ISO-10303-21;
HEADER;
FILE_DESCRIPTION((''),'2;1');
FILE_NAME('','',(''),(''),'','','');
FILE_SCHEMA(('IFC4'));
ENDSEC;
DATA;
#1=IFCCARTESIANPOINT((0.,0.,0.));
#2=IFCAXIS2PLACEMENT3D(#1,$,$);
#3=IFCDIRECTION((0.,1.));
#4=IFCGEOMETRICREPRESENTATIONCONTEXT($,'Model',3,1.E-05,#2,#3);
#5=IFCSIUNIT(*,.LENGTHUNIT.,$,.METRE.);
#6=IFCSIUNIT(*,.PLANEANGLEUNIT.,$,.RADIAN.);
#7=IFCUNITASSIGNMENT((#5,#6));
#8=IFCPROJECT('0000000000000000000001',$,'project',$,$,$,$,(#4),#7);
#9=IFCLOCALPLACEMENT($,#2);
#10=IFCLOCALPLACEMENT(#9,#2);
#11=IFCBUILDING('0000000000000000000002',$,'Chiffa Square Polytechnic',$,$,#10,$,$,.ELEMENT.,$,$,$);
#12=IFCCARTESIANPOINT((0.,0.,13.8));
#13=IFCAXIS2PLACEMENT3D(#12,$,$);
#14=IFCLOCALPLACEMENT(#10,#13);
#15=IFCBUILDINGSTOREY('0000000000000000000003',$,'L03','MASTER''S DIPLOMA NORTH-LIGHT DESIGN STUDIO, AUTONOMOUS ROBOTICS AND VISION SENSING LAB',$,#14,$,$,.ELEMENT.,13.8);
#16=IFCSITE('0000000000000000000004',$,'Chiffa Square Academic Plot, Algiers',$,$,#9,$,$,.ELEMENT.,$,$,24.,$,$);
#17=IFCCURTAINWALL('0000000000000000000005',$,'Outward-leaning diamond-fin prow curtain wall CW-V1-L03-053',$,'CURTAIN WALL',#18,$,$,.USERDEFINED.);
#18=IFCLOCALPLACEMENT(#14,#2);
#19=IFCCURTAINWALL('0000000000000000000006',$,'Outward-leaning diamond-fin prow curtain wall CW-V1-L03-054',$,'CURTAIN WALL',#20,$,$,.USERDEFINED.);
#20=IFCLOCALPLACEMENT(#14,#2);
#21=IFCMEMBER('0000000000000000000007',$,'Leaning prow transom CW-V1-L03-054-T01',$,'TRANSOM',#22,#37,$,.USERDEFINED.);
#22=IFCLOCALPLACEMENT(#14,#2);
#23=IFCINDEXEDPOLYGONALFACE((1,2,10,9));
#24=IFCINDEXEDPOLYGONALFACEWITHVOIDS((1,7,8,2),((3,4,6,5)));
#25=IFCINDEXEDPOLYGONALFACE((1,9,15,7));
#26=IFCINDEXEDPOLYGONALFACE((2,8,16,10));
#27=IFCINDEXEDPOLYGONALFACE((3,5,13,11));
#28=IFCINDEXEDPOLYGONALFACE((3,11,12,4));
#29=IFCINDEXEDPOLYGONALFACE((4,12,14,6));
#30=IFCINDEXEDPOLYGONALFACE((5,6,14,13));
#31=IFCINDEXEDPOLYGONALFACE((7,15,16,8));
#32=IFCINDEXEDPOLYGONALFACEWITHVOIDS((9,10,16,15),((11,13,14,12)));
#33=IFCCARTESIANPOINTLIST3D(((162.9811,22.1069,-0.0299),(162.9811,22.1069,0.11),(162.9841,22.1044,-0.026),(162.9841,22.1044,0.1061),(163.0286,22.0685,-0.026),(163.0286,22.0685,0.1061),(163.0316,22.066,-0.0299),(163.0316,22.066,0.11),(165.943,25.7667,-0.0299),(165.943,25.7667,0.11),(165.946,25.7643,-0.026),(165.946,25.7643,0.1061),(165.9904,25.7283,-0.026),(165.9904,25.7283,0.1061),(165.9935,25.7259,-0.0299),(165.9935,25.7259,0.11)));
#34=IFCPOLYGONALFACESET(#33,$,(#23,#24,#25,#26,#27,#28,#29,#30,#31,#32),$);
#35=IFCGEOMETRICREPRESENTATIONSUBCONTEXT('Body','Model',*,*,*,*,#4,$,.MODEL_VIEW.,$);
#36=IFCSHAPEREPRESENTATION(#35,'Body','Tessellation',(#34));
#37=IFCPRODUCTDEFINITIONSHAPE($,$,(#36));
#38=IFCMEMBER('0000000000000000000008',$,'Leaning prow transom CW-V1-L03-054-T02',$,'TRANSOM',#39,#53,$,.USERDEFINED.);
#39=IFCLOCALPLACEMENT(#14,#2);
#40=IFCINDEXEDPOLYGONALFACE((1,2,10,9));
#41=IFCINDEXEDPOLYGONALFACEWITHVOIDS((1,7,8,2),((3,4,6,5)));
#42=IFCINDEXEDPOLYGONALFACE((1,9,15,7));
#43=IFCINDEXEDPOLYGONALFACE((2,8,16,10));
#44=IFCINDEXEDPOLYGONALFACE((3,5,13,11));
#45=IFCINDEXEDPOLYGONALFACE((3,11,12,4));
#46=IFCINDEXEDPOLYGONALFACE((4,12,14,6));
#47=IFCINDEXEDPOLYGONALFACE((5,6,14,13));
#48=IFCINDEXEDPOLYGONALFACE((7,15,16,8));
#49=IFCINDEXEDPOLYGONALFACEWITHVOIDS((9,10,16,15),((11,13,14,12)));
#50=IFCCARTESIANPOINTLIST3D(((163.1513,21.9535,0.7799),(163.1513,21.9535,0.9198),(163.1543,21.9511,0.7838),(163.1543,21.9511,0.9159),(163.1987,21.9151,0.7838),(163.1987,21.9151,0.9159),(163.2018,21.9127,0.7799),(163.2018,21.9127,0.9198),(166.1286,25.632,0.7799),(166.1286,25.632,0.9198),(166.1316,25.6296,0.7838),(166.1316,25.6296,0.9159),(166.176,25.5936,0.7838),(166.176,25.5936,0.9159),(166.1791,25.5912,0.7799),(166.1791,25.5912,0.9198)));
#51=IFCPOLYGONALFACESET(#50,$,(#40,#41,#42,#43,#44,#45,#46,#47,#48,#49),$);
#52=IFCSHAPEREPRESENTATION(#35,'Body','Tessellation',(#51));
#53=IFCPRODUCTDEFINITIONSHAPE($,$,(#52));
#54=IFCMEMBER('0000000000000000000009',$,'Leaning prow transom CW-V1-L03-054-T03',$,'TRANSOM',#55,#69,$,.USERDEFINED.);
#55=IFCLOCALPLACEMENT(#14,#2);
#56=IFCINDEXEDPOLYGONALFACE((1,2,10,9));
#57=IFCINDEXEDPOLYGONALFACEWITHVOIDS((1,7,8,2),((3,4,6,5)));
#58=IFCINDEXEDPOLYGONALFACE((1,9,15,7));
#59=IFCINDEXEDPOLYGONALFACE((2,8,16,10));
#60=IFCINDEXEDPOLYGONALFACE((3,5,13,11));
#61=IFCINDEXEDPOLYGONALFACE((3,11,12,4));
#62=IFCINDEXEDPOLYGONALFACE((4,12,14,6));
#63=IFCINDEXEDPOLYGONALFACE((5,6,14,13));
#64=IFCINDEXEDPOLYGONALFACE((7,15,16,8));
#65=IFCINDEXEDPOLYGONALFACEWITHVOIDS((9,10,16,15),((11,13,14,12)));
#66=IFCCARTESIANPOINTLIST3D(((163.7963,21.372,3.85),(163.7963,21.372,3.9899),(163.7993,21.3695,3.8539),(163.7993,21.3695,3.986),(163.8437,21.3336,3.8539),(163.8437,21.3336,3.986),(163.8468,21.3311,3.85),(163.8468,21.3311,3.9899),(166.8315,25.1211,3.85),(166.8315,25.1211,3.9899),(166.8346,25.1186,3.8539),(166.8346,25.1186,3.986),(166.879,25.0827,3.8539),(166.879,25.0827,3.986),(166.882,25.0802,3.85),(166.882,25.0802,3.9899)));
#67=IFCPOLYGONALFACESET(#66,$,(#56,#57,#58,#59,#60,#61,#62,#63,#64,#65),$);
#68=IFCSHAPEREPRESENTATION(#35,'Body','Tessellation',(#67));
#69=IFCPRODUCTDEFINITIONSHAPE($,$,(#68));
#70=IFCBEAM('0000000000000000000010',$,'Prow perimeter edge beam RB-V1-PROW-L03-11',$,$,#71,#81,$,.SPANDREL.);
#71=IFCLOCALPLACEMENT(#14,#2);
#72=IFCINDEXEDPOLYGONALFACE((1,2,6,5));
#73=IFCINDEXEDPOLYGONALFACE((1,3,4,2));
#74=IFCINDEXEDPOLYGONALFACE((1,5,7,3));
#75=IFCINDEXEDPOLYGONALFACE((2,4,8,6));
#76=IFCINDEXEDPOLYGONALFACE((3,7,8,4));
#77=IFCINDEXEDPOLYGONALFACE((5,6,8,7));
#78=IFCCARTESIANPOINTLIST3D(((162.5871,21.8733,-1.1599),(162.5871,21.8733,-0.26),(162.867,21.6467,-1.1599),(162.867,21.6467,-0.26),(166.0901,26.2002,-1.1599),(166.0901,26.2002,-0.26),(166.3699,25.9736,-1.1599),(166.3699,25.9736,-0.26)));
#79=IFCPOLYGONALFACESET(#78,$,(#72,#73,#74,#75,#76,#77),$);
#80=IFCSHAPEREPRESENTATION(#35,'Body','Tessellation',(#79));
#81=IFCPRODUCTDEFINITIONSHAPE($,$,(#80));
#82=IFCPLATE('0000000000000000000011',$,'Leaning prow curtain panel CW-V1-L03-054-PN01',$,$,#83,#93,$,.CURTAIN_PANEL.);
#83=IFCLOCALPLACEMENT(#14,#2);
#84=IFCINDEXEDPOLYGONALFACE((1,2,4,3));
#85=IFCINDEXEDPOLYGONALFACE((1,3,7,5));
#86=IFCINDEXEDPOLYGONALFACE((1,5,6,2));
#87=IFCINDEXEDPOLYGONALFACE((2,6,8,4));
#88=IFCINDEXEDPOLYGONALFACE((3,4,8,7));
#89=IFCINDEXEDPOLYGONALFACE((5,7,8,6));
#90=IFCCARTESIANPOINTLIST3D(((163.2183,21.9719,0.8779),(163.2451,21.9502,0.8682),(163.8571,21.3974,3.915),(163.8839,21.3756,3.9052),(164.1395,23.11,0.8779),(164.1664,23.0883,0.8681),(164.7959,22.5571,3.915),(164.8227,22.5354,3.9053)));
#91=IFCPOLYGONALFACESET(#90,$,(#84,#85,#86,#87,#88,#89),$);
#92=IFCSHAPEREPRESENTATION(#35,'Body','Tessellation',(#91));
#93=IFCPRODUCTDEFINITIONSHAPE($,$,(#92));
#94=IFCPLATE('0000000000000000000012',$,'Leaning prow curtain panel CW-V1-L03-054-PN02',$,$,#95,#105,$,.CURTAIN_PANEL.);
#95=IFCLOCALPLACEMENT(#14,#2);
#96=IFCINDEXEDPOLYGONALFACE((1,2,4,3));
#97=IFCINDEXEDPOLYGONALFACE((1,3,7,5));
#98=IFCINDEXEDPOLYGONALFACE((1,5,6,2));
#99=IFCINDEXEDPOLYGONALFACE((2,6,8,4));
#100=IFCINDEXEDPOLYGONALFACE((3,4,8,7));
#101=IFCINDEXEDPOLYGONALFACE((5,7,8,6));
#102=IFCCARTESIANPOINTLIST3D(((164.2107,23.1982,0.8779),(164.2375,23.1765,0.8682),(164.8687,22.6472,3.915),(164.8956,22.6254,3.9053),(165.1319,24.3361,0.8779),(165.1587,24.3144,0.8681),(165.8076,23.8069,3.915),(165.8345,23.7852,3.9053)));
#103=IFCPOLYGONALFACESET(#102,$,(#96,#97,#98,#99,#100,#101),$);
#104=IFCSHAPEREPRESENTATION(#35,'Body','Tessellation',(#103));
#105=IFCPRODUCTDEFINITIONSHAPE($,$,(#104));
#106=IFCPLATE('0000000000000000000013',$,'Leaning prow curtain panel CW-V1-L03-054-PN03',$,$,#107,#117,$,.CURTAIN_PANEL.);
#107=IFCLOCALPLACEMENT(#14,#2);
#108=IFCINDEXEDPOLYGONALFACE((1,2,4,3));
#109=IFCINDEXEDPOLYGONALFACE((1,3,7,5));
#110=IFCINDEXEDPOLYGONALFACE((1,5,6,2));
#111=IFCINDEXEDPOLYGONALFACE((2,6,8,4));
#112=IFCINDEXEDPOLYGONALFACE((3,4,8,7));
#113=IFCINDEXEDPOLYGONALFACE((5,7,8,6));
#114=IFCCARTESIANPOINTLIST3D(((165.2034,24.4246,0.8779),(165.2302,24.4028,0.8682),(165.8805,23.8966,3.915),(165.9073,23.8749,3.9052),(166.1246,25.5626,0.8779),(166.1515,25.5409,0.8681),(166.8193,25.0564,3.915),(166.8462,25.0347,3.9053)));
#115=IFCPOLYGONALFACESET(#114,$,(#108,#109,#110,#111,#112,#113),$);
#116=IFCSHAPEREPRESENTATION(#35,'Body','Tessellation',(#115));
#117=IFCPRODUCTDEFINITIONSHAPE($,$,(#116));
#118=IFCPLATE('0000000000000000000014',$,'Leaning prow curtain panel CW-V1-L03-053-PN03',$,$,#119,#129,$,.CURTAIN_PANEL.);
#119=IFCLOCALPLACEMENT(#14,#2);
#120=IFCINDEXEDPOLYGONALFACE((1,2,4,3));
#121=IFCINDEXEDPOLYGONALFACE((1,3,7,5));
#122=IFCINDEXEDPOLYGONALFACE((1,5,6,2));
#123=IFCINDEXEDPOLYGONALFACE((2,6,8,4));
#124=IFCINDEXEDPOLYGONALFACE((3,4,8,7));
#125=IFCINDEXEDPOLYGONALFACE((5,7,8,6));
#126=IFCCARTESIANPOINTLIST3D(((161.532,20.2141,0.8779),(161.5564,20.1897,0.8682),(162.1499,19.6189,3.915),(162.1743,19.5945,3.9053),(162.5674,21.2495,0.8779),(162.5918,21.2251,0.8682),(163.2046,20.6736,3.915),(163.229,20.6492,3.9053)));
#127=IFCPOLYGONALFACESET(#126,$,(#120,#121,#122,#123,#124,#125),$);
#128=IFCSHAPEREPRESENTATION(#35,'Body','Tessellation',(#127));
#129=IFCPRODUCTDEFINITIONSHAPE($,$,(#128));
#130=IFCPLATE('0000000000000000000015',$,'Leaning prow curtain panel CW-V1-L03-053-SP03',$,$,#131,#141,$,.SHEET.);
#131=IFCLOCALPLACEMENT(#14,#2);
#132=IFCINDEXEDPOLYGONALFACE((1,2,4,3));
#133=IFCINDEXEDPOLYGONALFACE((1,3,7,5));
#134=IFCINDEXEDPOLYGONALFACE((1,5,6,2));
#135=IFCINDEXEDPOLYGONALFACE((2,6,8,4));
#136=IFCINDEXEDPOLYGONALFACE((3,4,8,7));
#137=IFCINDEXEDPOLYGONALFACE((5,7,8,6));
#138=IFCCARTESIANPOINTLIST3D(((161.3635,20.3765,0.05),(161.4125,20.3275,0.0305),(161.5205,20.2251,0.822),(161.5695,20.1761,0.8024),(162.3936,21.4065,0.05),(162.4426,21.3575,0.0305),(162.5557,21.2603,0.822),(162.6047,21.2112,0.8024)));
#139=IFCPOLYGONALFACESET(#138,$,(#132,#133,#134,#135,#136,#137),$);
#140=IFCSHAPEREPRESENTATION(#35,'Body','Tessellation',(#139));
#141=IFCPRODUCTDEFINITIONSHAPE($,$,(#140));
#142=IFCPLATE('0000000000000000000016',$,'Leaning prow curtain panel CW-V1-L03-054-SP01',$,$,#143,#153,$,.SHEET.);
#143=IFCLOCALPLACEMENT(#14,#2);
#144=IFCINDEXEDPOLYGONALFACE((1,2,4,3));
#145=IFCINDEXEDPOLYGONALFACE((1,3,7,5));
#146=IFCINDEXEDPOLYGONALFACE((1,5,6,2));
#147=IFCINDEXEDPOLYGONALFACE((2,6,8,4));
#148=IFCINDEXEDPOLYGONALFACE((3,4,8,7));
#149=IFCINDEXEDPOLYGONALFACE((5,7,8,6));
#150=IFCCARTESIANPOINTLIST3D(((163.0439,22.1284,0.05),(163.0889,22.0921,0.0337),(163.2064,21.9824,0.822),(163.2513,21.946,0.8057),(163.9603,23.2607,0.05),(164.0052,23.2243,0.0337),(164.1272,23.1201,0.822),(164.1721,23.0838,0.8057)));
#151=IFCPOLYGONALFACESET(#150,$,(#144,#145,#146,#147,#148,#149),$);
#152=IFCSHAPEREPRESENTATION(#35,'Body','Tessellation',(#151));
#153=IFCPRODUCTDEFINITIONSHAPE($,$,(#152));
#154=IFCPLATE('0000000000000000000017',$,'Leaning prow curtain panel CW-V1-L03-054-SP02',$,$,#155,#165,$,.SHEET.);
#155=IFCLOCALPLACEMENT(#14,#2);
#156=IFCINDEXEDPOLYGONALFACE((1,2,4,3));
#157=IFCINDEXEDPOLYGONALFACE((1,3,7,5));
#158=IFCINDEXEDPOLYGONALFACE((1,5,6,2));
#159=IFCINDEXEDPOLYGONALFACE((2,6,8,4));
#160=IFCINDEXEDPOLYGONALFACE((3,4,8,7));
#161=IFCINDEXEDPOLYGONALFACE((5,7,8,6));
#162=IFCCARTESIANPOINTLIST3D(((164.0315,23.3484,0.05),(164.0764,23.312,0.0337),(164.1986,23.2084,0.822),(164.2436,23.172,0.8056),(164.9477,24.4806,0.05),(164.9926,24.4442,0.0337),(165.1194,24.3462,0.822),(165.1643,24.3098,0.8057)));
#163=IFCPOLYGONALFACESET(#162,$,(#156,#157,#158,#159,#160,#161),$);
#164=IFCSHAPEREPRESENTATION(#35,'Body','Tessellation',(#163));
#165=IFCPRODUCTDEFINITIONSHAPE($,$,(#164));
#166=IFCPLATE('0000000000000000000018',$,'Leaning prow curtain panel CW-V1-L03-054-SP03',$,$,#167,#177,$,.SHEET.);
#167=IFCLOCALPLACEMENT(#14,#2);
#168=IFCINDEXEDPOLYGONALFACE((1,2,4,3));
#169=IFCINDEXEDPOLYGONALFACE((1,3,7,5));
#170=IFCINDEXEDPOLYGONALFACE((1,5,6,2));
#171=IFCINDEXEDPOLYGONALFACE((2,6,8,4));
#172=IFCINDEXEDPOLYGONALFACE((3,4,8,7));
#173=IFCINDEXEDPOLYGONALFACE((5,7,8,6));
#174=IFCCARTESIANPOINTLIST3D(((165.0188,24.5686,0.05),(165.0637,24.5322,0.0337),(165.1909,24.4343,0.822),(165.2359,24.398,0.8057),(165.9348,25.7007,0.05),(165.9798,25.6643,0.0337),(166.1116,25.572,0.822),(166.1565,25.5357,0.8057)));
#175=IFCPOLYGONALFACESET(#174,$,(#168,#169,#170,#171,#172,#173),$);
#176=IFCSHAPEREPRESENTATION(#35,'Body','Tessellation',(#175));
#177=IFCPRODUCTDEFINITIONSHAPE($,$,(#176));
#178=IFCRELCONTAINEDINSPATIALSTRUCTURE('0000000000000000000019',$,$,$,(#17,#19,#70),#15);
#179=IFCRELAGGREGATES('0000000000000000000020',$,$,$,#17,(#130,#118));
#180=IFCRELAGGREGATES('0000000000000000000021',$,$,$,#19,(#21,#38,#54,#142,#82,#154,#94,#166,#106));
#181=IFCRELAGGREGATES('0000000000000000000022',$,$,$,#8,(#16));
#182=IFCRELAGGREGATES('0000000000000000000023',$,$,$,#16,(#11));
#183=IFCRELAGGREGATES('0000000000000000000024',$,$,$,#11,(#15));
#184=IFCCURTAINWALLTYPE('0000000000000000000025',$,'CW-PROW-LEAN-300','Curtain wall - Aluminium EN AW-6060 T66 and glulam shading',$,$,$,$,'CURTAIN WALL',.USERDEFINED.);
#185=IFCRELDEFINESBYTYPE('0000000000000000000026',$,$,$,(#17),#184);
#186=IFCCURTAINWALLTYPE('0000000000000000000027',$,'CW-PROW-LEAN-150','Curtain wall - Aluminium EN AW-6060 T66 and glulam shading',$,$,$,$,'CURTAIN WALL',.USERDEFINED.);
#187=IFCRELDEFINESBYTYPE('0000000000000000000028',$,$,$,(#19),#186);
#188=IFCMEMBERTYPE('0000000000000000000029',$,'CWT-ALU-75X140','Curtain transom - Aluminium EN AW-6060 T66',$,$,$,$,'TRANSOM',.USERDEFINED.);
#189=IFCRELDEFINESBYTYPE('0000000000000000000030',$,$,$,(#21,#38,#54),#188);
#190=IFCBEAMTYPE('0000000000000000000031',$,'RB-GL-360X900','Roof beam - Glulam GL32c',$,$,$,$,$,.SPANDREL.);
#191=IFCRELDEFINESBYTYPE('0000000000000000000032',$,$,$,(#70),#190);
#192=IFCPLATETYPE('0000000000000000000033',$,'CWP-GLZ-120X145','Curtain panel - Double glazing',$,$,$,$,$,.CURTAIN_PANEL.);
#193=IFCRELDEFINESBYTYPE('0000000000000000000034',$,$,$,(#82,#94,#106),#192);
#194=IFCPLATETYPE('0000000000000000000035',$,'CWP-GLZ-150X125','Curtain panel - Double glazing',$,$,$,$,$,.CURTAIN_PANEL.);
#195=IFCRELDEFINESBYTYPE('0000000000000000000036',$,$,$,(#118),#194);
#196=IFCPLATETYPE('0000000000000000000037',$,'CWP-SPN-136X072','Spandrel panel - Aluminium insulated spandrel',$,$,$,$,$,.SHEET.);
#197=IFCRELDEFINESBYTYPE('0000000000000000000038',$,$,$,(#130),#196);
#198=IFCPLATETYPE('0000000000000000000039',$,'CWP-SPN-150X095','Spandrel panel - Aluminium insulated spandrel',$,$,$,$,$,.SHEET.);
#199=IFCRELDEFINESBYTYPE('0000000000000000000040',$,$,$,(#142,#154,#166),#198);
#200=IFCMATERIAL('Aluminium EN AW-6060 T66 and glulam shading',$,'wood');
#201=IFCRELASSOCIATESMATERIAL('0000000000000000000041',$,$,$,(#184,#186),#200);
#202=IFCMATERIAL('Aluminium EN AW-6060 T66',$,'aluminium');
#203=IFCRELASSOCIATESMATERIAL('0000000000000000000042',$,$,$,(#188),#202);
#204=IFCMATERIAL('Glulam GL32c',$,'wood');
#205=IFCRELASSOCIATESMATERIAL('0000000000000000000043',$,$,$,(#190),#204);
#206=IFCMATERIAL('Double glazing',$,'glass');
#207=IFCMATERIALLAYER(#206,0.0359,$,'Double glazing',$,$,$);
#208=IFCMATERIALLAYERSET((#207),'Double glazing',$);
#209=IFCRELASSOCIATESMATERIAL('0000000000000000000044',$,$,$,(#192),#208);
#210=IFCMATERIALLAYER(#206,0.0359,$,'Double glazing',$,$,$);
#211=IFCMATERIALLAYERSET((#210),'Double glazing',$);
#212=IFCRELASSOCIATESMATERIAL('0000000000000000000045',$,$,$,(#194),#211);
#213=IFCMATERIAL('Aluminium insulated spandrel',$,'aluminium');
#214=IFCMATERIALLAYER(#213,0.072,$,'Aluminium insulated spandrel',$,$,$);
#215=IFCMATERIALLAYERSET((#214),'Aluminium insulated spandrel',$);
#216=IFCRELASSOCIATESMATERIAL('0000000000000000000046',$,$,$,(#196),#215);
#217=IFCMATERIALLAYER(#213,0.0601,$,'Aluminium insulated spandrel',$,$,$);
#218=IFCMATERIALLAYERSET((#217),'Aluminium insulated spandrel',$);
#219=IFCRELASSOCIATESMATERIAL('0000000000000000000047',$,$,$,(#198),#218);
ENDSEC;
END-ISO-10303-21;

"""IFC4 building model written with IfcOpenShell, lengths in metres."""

from ifc_helpers import new_model, si_unit, direction, frame, origin, origin_2d, place, context, subcontext, project, spatial, polyline, rectangle, hollow_rectangle, outline, extrude, material, layer, layer_set, material_profile, profile_set, type_object, element, aggregate, save


model = new_model("IFC4")

# Units and contexts
model_context = context("Model", 3, precision=1e-05, world=origin(), true_north=direction((0.0, 1.0)))
body_context = subcontext(model_context, "Body", "Model", "MODEL_VIEW")
ifc_project = project(units=[si_unit("LENGTHUNIT", "METRE"), si_unit("PLANEANGLEUNIT", "RADIAN")], contexts=[model_context])

# Site, building, storey
site_placement = place(None, origin())
site = spatial("IfcSite", under=ifc_project, at=site_placement, Name="Chiffa Square Academic Plot, Algiers", CompositionType="ELEMENT", RefElevation=24.0)
building_placement = place(site_placement, origin())
building = spatial("IfcBuilding", under=site, at=building_placement, Name="Chiffa Square Polytechnic", CompositionType="ELEMENT")
storey_placement = place(building_placement, frame((0.0, 0.0, 13.8)))
storey = spatial("IfcBuildingStorey", under=building, at=storey_placement, Name="L03", Description="MASTER'S DIPLOMA NORTH-LIGHT DESIGN STUDIO, AUTONOMOUS ROBOTICS AND VISION SENSING LAB", CompositionType="ELEMENT", Elevation=13.8)

# Shared definitions
ifc_material_1 = material(Name="Glulam GL32c", Category="wood")

# Curtain walls
ifc_material_2 = material(Name="Aluminium EN AW-6060 T66 and glulam shading", Category="wood")
curtain_wall_type_1 = type_object("IfcCurtainWallType", Name="CW-PROW-LEAN-300", Description="Curtain wall - Aluminium EN AW-6060 T66 and glulam shading", ElementType="CURTAIN WALL", PredefinedType="USERDEFINED", material=ifc_material_2)
curtain_wall_1_placement = place(storey_placement, origin())
curtain_wall_1 = element("IfcCurtainWall", 1, at=curtain_wall_1_placement, inside=storey, type_object=curtain_wall_type_1, Name="Outward-leaning diamond-fin prow curtain wall CW-V1-L03-053", ObjectType="CURTAIN WALL", PredefinedType="USERDEFINED")
ifc_material_3 = material(Name="Aluminium EN AW-6060 T66", Category="aluminium")
curtain_wall_type_2 = type_object("IfcCurtainWallType", Name="CW-PROW-LEAN-150", Description="Curtain wall - Aluminium EN AW-6060 T66 and glulam shading", ElementType="CURTAIN WALL", PredefinedType="USERDEFINED", material=ifc_material_2)
curtain_wall_2_placement = place(storey_placement, origin())
curtain_wall_2 = element("IfcCurtainWall", 2, at=curtain_wall_2_placement, inside=storey, type_object=curtain_wall_type_2, Name="Outward-leaning diamond-fin prow curtain wall CW-V1-L03-054", ObjectType="CURTAIN WALL", PredefinedType="USERDEFINED")

# Members
ifc_material_profile_1 = material_profile(ifc_material_3, hollow_rectangle(XDim=0.0649, YDim=0.1399, WallThickness=0.0039, at=origin_2d()), Name="ALU 65x140x4")
ifc_profile_set_1 = profile_set([ifc_material_profile_1], Name="Aluminium EN AW-6060 T66")
member_type_1 = type_object("IfcMemberType", Name="CWT-ALU-75X140", Description="Curtain transom - Aluminium EN AW-6060 T66", ElementType="TRANSOM", PredefinedType="USERDEFINED", material=ifc_profile_set_1)
member_1_placement = place(storey_placement, frame((163.0063, 22.0864, 0.04), z_axis=(0.629086, 0.777335, 0.0), x_axis=(-0.777335, 0.629086, 0.0)))
member_1 = element("IfcMember", 3, at=member_1_placement, type_object=member_type_1, Name="Leaning prow transom CW-V1-L03-054-T01", ObjectType="TRANSOM", PredefinedType="USERDEFINED", context=body_context, shape_type="SweptSolid", body=[
    extrude(hollow_rectangle(XDim=0.0649, YDim=0.1399, WallThickness=0.0039, at=origin_2d()), origin(), (0.0, 0.0, 1.0), 4.7083),
])
member_2_placement = place(storey_placement, frame((163.1765, 21.9331, 0.8499), z_axis=(0.629133, 0.777298, 0.0), x_axis=(-0.777298, 0.629133, 0.0)))
member_2 = element("IfcMember", 4, at=member_2_placement, type_object=member_type_1, Name="Leaning prow transom CW-V1-L03-054-T02", ObjectType="TRANSOM", PredefinedType="USERDEFINED", context=body_context, shape_type="SweptSolid", body=[
    extrude(hollow_rectangle(XDim=0.0649, YDim=0.1399, WallThickness=0.0039, at=origin_2d()), origin(), (0.0, 0.0, 1.0), 4.7324),
])
member_3_placement = place(storey_placement, frame((163.8215, 21.3516, 3.9199), z_axis=(0.629227, 0.777221, 0.0), x_axis=(-0.777221, 0.629227, 0.0)))
member_3 = element("IfcMember", 5, at=member_3_placement, type_object=member_type_1, Name="Leaning prow transom CW-V1-L03-054-T03", ObjectType="TRANSOM", PredefinedType="USERDEFINED", context=body_context, shape_type="SweptSolid", body=[
    extrude(hollow_rectangle(XDim=0.0649, YDim=0.1399, WallThickness=0.0039, at=origin_2d()), origin(), (0.0, 0.0, 1.0), 4.8237),
])

# Beam
ifc_material_profile_2 = material_profile(ifc_material_1, rectangle(XDim=0.3601, YDim=0.8999, at=origin_2d()), Name="GL32c 360x900")
ifc_profile_set_2 = profile_set([ifc_material_profile_2], Name="Glulam GL32c")
beam_type_1 = type_object("IfcBeamType", Name="RB-GL-360X900", Description="Roof beam - Glulam GL32c", PredefinedType="SPANDREL", material=ifc_profile_set_2)
beam_1_placement = place(storey_placement, frame((162.7271, 21.76, -0.71), z_axis=(0.62922, 0.777228, 0.0), x_axis=(-0.777228, 0.62922, 0.0)))
element("IfcBeam", 6, at=beam_1_placement, inside=storey, type_object=beam_type_1, Name="Prow perimeter edge beam RB-V1-PROW-L03-11", PredefinedType="SPANDREL", context=body_context, shape_type="SweptSolid", body=[
    extrude(rectangle(XDim=0.3601, YDim=0.8999, at=origin_2d()), origin(), (0.0, 0.0, 1.0), 5.5671),
])

# Plates
ifc_material_4 = material(Name="Double glazing", Category="glass")
ifc_layer_1 = layer(ifc_material_4, 0.0359, Name="Double glazing")
ifc_layer_set_1 = layer_set([ifc_layer_1], Name="Double glazing")
plate_type_1 = type_object("IfcPlateType", Name="CWP-GLZ-120X145", Description="Curtain panel - Double glazing", PredefinedType="CURTAIN_PANEL", material=ifc_layer_set_1)
plate_1_placement = place(storey_placement, frame((163.2183, 21.9719, 0.8779), z_axis=(-0.747978, 0.605487, 0.271872), x_axis=(0.62918, 0.77726, -0.00003)))
plate_1 = element("IfcPlate", 7, at=plate_1_placement, type_object=plate_type_1, Name="Leaning prow curtain panel CW-V1-L03-054-PN01", PredefinedType="CURTAIN_PANEL", context=body_context, shape_type="SweptSolid", body=[
    extrude(outline(polyline([(0.0, 0.0), (1.4642, 0.0), (1.4474, -3.156), (-0.0448, -3.1559), (0.0, 0.0)])), origin(), (0.0, 0.0, -1.0), 0.0359),
])
plate_2_placement = place(storey_placement, frame((164.2107, 23.1982, 0.8779), z_axis=(-0.747936, 0.605517, 0.271921), x_axis=(0.629223, 0.777225, -0.000016)))
plate_2 = element("IfcPlate", 8, at=plate_2_placement, type_object=plate_type_1, Name="Leaning prow curtain panel CW-V1-L03-054-PN02", PredefinedType="CURTAIN_PANEL", context=body_context, shape_type="SweptSolid", body=[
    extrude(outline(polyline([(0.0, 0.0), (1.464, 0.0), (1.4778, -3.1561), (-0.0143, -3.156), (0.0, 0.0)])), origin(), (0.0, 0.0, -1.0), 0.0359),
])
plate_3_placement = place(storey_placement, frame((165.2034, 24.4246, 0.8779), z_axis=(-0.747949, 0.605464, 0.272004), x_axis=(0.62918, 0.77726, -0.00003)))
plate_3 = element("IfcPlate", 9, at=plate_3_placement, type_object=plate_type_1, Name="Leaning prow curtain panel CW-V1-L03-054-PN03", PredefinedType="CURTAIN_PANEL", context=body_context, shape_type="SweptSolid", body=[
    extrude(outline(polyline([(0.0, 0.0), (1.4642, 0.0), (1.5077, -3.1562), (0.0156, -3.1561), (0.0, 0.0)])), origin(), (0.0, 0.0, -1.0), 0.0359),
])
ifc_layer_2 = layer(ifc_material_4, 0.0359, Name="Double glazing")
ifc_layer_set_2 = layer_set([ifc_layer_2], Name="Double glazing")
plate_type_2 = type_object("IfcPlateType", Name="CWP-GLZ-150X125", Description="Curtain panel - Double glazing", PredefinedType="CURTAIN_PANEL", material=ifc_layer_set_2)
plate_4_placement = place(storey_placement, frame((161.532, 20.2141, 0.8779), z_axis=(-0.680485, 0.680485, 0.271811), x_axis=(0.707107, 0.707107, 0.0)))
plate_4 = element("IfcPlate", 10, at=plate_4_placement, type_object=plate_type_2, Name="Leaning prow curtain panel CW-V1-L03-053-PN03", PredefinedType="CURTAIN_PANEL", context=body_context, shape_type="SweptSolid", body=[
    extrude(outline(polyline([(0.0, 0.0), (1.4643, 0.0), (1.5076, -3.1559), (0.0161, -3.1559), (0.0, 0.0)])), origin(), (0.0, 0.0, -1.0), 0.0359),
])
ifc_material_5 = material(Name="Aluminium insulated spandrel", Category="aluminium")
ifc_layer_3 = layer(ifc_material_5, 0.072, Name="Aluminium insulated spandrel")
ifc_layer_set_3 = layer_set([ifc_layer_3], Name="Aluminium insulated spandrel")
plate_type_3 = type_object("IfcPlateType", Name="CWP-SPN-136X072", Description="Spandrel panel - Aluminium insulated spandrel", PredefinedType="SHEET", material=ifc_layer_set_3)
plate_5_placement = place(storey_placement, frame((161.3635, 20.3765, 0.05), z_axis=(-0.680486, 0.680486, 0.271807), x_axis=(0.707107, 0.707107, 0.0)))
plate_5 = element("IfcPlate", 11, at=plate_5_placement, type_object=plate_type_3, Name="Leaning prow curtain panel CW-V1-L03-053-SP03", PredefinedType="SHEET", context=body_context, shape_type="SweptSolid", body=[
    extrude(outline(polyline([(0.0, 0.0), (1.4567, 0.0), (1.4679, -0.8022), (0.004, -0.8022), (0.0, 0.0)])), origin(), (0.0, 0.0, -1.0), 0.072),
])
aggregate(curtain_wall_1, [plate_5, plate_4])
ifc_layer_4 = layer(ifc_material_5, 0.0601, Name="Aluminium insulated spandrel")
ifc_layer_set_4 = layer_set([ifc_layer_4], Name="Aluminium insulated spandrel")
plate_type_4 = type_object("IfcPlateType", Name="CWP-SPN-150X095", Description="Spandrel panel - Aluminium insulated spandrel", PredefinedType="SHEET", material=ifc_layer_set_4)
plate_6_placement = place(storey_placement, frame((163.0439, 22.1284, 0.05), z_axis=(-0.748028, 0.60539, 0.271951), x_axis=(0.629095, 0.777328, -0.00002)))
plate_6 = element("IfcPlate", 12, at=plate_6_placement, type_object=plate_type_4, Name="Leaning prow curtain panel CW-V1-L03-054-SP01", PredefinedType="SHEET", context=body_context, shape_type="SweptSolid", body=[
    extrude(outline(polyline([(0.0, 0.0), (1.4566, 0.0), (1.4523, -0.8022), (-0.0114, -0.8022), (0.0, 0.0)])), origin(), (0.0, 0.0, -1.0), 0.0601),
])
plate_7_placement = place(storey_placement, frame((164.0315, 23.3484, 0.05), z_axis=(-0.748103, 0.605369, 0.27179), x_axis=(0.629041, 0.777372, -0.000037)))
plate_7 = element("IfcPlate", 13, at=plate_7_placement, type_object=plate_type_4, Name="Leaning prow curtain panel CW-V1-L03-054-SP02", PredefinedType="SHEET", context=body_context, shape_type="SweptSolid", body=[
    extrude(outline(polyline([(0.0, 0.0), (1.4564, 0.0), (1.46, -0.8022), (-0.0037, -0.8021), (0.0, 0.0)])), origin(), (0.0, 0.0, -1.0), 0.0601),
])
plate_8_placement = place(storey_placement, frame((165.0188, 24.5686, 0.05), z_axis=(-0.748039, 0.605302, 0.272115), x_axis=(0.629038, 0.777375, -0.000007)))
plate_8 = element("IfcPlate", 14, at=plate_8_placement, type_object=plate_type_4, Name="Leaning prow curtain panel CW-V1-L03-054-SP03", PredefinedType="SHEET", context=body_context, shape_type="SweptSolid", body=[
    extrude(outline(polyline([(0.0, 0.0), (1.4563, 0.0), (1.4674, -0.8023), (0.0039, -0.8022), (0.0, 0.0)])), origin(), (0.0, 0.0, -1.0), 0.0601),
])
aggregate(curtain_wall_2, [member_1, member_2, member_3, plate_6, plate_1, plate_7, plate_2, plate_8, plate_3])

save(model, "model.ifc")
